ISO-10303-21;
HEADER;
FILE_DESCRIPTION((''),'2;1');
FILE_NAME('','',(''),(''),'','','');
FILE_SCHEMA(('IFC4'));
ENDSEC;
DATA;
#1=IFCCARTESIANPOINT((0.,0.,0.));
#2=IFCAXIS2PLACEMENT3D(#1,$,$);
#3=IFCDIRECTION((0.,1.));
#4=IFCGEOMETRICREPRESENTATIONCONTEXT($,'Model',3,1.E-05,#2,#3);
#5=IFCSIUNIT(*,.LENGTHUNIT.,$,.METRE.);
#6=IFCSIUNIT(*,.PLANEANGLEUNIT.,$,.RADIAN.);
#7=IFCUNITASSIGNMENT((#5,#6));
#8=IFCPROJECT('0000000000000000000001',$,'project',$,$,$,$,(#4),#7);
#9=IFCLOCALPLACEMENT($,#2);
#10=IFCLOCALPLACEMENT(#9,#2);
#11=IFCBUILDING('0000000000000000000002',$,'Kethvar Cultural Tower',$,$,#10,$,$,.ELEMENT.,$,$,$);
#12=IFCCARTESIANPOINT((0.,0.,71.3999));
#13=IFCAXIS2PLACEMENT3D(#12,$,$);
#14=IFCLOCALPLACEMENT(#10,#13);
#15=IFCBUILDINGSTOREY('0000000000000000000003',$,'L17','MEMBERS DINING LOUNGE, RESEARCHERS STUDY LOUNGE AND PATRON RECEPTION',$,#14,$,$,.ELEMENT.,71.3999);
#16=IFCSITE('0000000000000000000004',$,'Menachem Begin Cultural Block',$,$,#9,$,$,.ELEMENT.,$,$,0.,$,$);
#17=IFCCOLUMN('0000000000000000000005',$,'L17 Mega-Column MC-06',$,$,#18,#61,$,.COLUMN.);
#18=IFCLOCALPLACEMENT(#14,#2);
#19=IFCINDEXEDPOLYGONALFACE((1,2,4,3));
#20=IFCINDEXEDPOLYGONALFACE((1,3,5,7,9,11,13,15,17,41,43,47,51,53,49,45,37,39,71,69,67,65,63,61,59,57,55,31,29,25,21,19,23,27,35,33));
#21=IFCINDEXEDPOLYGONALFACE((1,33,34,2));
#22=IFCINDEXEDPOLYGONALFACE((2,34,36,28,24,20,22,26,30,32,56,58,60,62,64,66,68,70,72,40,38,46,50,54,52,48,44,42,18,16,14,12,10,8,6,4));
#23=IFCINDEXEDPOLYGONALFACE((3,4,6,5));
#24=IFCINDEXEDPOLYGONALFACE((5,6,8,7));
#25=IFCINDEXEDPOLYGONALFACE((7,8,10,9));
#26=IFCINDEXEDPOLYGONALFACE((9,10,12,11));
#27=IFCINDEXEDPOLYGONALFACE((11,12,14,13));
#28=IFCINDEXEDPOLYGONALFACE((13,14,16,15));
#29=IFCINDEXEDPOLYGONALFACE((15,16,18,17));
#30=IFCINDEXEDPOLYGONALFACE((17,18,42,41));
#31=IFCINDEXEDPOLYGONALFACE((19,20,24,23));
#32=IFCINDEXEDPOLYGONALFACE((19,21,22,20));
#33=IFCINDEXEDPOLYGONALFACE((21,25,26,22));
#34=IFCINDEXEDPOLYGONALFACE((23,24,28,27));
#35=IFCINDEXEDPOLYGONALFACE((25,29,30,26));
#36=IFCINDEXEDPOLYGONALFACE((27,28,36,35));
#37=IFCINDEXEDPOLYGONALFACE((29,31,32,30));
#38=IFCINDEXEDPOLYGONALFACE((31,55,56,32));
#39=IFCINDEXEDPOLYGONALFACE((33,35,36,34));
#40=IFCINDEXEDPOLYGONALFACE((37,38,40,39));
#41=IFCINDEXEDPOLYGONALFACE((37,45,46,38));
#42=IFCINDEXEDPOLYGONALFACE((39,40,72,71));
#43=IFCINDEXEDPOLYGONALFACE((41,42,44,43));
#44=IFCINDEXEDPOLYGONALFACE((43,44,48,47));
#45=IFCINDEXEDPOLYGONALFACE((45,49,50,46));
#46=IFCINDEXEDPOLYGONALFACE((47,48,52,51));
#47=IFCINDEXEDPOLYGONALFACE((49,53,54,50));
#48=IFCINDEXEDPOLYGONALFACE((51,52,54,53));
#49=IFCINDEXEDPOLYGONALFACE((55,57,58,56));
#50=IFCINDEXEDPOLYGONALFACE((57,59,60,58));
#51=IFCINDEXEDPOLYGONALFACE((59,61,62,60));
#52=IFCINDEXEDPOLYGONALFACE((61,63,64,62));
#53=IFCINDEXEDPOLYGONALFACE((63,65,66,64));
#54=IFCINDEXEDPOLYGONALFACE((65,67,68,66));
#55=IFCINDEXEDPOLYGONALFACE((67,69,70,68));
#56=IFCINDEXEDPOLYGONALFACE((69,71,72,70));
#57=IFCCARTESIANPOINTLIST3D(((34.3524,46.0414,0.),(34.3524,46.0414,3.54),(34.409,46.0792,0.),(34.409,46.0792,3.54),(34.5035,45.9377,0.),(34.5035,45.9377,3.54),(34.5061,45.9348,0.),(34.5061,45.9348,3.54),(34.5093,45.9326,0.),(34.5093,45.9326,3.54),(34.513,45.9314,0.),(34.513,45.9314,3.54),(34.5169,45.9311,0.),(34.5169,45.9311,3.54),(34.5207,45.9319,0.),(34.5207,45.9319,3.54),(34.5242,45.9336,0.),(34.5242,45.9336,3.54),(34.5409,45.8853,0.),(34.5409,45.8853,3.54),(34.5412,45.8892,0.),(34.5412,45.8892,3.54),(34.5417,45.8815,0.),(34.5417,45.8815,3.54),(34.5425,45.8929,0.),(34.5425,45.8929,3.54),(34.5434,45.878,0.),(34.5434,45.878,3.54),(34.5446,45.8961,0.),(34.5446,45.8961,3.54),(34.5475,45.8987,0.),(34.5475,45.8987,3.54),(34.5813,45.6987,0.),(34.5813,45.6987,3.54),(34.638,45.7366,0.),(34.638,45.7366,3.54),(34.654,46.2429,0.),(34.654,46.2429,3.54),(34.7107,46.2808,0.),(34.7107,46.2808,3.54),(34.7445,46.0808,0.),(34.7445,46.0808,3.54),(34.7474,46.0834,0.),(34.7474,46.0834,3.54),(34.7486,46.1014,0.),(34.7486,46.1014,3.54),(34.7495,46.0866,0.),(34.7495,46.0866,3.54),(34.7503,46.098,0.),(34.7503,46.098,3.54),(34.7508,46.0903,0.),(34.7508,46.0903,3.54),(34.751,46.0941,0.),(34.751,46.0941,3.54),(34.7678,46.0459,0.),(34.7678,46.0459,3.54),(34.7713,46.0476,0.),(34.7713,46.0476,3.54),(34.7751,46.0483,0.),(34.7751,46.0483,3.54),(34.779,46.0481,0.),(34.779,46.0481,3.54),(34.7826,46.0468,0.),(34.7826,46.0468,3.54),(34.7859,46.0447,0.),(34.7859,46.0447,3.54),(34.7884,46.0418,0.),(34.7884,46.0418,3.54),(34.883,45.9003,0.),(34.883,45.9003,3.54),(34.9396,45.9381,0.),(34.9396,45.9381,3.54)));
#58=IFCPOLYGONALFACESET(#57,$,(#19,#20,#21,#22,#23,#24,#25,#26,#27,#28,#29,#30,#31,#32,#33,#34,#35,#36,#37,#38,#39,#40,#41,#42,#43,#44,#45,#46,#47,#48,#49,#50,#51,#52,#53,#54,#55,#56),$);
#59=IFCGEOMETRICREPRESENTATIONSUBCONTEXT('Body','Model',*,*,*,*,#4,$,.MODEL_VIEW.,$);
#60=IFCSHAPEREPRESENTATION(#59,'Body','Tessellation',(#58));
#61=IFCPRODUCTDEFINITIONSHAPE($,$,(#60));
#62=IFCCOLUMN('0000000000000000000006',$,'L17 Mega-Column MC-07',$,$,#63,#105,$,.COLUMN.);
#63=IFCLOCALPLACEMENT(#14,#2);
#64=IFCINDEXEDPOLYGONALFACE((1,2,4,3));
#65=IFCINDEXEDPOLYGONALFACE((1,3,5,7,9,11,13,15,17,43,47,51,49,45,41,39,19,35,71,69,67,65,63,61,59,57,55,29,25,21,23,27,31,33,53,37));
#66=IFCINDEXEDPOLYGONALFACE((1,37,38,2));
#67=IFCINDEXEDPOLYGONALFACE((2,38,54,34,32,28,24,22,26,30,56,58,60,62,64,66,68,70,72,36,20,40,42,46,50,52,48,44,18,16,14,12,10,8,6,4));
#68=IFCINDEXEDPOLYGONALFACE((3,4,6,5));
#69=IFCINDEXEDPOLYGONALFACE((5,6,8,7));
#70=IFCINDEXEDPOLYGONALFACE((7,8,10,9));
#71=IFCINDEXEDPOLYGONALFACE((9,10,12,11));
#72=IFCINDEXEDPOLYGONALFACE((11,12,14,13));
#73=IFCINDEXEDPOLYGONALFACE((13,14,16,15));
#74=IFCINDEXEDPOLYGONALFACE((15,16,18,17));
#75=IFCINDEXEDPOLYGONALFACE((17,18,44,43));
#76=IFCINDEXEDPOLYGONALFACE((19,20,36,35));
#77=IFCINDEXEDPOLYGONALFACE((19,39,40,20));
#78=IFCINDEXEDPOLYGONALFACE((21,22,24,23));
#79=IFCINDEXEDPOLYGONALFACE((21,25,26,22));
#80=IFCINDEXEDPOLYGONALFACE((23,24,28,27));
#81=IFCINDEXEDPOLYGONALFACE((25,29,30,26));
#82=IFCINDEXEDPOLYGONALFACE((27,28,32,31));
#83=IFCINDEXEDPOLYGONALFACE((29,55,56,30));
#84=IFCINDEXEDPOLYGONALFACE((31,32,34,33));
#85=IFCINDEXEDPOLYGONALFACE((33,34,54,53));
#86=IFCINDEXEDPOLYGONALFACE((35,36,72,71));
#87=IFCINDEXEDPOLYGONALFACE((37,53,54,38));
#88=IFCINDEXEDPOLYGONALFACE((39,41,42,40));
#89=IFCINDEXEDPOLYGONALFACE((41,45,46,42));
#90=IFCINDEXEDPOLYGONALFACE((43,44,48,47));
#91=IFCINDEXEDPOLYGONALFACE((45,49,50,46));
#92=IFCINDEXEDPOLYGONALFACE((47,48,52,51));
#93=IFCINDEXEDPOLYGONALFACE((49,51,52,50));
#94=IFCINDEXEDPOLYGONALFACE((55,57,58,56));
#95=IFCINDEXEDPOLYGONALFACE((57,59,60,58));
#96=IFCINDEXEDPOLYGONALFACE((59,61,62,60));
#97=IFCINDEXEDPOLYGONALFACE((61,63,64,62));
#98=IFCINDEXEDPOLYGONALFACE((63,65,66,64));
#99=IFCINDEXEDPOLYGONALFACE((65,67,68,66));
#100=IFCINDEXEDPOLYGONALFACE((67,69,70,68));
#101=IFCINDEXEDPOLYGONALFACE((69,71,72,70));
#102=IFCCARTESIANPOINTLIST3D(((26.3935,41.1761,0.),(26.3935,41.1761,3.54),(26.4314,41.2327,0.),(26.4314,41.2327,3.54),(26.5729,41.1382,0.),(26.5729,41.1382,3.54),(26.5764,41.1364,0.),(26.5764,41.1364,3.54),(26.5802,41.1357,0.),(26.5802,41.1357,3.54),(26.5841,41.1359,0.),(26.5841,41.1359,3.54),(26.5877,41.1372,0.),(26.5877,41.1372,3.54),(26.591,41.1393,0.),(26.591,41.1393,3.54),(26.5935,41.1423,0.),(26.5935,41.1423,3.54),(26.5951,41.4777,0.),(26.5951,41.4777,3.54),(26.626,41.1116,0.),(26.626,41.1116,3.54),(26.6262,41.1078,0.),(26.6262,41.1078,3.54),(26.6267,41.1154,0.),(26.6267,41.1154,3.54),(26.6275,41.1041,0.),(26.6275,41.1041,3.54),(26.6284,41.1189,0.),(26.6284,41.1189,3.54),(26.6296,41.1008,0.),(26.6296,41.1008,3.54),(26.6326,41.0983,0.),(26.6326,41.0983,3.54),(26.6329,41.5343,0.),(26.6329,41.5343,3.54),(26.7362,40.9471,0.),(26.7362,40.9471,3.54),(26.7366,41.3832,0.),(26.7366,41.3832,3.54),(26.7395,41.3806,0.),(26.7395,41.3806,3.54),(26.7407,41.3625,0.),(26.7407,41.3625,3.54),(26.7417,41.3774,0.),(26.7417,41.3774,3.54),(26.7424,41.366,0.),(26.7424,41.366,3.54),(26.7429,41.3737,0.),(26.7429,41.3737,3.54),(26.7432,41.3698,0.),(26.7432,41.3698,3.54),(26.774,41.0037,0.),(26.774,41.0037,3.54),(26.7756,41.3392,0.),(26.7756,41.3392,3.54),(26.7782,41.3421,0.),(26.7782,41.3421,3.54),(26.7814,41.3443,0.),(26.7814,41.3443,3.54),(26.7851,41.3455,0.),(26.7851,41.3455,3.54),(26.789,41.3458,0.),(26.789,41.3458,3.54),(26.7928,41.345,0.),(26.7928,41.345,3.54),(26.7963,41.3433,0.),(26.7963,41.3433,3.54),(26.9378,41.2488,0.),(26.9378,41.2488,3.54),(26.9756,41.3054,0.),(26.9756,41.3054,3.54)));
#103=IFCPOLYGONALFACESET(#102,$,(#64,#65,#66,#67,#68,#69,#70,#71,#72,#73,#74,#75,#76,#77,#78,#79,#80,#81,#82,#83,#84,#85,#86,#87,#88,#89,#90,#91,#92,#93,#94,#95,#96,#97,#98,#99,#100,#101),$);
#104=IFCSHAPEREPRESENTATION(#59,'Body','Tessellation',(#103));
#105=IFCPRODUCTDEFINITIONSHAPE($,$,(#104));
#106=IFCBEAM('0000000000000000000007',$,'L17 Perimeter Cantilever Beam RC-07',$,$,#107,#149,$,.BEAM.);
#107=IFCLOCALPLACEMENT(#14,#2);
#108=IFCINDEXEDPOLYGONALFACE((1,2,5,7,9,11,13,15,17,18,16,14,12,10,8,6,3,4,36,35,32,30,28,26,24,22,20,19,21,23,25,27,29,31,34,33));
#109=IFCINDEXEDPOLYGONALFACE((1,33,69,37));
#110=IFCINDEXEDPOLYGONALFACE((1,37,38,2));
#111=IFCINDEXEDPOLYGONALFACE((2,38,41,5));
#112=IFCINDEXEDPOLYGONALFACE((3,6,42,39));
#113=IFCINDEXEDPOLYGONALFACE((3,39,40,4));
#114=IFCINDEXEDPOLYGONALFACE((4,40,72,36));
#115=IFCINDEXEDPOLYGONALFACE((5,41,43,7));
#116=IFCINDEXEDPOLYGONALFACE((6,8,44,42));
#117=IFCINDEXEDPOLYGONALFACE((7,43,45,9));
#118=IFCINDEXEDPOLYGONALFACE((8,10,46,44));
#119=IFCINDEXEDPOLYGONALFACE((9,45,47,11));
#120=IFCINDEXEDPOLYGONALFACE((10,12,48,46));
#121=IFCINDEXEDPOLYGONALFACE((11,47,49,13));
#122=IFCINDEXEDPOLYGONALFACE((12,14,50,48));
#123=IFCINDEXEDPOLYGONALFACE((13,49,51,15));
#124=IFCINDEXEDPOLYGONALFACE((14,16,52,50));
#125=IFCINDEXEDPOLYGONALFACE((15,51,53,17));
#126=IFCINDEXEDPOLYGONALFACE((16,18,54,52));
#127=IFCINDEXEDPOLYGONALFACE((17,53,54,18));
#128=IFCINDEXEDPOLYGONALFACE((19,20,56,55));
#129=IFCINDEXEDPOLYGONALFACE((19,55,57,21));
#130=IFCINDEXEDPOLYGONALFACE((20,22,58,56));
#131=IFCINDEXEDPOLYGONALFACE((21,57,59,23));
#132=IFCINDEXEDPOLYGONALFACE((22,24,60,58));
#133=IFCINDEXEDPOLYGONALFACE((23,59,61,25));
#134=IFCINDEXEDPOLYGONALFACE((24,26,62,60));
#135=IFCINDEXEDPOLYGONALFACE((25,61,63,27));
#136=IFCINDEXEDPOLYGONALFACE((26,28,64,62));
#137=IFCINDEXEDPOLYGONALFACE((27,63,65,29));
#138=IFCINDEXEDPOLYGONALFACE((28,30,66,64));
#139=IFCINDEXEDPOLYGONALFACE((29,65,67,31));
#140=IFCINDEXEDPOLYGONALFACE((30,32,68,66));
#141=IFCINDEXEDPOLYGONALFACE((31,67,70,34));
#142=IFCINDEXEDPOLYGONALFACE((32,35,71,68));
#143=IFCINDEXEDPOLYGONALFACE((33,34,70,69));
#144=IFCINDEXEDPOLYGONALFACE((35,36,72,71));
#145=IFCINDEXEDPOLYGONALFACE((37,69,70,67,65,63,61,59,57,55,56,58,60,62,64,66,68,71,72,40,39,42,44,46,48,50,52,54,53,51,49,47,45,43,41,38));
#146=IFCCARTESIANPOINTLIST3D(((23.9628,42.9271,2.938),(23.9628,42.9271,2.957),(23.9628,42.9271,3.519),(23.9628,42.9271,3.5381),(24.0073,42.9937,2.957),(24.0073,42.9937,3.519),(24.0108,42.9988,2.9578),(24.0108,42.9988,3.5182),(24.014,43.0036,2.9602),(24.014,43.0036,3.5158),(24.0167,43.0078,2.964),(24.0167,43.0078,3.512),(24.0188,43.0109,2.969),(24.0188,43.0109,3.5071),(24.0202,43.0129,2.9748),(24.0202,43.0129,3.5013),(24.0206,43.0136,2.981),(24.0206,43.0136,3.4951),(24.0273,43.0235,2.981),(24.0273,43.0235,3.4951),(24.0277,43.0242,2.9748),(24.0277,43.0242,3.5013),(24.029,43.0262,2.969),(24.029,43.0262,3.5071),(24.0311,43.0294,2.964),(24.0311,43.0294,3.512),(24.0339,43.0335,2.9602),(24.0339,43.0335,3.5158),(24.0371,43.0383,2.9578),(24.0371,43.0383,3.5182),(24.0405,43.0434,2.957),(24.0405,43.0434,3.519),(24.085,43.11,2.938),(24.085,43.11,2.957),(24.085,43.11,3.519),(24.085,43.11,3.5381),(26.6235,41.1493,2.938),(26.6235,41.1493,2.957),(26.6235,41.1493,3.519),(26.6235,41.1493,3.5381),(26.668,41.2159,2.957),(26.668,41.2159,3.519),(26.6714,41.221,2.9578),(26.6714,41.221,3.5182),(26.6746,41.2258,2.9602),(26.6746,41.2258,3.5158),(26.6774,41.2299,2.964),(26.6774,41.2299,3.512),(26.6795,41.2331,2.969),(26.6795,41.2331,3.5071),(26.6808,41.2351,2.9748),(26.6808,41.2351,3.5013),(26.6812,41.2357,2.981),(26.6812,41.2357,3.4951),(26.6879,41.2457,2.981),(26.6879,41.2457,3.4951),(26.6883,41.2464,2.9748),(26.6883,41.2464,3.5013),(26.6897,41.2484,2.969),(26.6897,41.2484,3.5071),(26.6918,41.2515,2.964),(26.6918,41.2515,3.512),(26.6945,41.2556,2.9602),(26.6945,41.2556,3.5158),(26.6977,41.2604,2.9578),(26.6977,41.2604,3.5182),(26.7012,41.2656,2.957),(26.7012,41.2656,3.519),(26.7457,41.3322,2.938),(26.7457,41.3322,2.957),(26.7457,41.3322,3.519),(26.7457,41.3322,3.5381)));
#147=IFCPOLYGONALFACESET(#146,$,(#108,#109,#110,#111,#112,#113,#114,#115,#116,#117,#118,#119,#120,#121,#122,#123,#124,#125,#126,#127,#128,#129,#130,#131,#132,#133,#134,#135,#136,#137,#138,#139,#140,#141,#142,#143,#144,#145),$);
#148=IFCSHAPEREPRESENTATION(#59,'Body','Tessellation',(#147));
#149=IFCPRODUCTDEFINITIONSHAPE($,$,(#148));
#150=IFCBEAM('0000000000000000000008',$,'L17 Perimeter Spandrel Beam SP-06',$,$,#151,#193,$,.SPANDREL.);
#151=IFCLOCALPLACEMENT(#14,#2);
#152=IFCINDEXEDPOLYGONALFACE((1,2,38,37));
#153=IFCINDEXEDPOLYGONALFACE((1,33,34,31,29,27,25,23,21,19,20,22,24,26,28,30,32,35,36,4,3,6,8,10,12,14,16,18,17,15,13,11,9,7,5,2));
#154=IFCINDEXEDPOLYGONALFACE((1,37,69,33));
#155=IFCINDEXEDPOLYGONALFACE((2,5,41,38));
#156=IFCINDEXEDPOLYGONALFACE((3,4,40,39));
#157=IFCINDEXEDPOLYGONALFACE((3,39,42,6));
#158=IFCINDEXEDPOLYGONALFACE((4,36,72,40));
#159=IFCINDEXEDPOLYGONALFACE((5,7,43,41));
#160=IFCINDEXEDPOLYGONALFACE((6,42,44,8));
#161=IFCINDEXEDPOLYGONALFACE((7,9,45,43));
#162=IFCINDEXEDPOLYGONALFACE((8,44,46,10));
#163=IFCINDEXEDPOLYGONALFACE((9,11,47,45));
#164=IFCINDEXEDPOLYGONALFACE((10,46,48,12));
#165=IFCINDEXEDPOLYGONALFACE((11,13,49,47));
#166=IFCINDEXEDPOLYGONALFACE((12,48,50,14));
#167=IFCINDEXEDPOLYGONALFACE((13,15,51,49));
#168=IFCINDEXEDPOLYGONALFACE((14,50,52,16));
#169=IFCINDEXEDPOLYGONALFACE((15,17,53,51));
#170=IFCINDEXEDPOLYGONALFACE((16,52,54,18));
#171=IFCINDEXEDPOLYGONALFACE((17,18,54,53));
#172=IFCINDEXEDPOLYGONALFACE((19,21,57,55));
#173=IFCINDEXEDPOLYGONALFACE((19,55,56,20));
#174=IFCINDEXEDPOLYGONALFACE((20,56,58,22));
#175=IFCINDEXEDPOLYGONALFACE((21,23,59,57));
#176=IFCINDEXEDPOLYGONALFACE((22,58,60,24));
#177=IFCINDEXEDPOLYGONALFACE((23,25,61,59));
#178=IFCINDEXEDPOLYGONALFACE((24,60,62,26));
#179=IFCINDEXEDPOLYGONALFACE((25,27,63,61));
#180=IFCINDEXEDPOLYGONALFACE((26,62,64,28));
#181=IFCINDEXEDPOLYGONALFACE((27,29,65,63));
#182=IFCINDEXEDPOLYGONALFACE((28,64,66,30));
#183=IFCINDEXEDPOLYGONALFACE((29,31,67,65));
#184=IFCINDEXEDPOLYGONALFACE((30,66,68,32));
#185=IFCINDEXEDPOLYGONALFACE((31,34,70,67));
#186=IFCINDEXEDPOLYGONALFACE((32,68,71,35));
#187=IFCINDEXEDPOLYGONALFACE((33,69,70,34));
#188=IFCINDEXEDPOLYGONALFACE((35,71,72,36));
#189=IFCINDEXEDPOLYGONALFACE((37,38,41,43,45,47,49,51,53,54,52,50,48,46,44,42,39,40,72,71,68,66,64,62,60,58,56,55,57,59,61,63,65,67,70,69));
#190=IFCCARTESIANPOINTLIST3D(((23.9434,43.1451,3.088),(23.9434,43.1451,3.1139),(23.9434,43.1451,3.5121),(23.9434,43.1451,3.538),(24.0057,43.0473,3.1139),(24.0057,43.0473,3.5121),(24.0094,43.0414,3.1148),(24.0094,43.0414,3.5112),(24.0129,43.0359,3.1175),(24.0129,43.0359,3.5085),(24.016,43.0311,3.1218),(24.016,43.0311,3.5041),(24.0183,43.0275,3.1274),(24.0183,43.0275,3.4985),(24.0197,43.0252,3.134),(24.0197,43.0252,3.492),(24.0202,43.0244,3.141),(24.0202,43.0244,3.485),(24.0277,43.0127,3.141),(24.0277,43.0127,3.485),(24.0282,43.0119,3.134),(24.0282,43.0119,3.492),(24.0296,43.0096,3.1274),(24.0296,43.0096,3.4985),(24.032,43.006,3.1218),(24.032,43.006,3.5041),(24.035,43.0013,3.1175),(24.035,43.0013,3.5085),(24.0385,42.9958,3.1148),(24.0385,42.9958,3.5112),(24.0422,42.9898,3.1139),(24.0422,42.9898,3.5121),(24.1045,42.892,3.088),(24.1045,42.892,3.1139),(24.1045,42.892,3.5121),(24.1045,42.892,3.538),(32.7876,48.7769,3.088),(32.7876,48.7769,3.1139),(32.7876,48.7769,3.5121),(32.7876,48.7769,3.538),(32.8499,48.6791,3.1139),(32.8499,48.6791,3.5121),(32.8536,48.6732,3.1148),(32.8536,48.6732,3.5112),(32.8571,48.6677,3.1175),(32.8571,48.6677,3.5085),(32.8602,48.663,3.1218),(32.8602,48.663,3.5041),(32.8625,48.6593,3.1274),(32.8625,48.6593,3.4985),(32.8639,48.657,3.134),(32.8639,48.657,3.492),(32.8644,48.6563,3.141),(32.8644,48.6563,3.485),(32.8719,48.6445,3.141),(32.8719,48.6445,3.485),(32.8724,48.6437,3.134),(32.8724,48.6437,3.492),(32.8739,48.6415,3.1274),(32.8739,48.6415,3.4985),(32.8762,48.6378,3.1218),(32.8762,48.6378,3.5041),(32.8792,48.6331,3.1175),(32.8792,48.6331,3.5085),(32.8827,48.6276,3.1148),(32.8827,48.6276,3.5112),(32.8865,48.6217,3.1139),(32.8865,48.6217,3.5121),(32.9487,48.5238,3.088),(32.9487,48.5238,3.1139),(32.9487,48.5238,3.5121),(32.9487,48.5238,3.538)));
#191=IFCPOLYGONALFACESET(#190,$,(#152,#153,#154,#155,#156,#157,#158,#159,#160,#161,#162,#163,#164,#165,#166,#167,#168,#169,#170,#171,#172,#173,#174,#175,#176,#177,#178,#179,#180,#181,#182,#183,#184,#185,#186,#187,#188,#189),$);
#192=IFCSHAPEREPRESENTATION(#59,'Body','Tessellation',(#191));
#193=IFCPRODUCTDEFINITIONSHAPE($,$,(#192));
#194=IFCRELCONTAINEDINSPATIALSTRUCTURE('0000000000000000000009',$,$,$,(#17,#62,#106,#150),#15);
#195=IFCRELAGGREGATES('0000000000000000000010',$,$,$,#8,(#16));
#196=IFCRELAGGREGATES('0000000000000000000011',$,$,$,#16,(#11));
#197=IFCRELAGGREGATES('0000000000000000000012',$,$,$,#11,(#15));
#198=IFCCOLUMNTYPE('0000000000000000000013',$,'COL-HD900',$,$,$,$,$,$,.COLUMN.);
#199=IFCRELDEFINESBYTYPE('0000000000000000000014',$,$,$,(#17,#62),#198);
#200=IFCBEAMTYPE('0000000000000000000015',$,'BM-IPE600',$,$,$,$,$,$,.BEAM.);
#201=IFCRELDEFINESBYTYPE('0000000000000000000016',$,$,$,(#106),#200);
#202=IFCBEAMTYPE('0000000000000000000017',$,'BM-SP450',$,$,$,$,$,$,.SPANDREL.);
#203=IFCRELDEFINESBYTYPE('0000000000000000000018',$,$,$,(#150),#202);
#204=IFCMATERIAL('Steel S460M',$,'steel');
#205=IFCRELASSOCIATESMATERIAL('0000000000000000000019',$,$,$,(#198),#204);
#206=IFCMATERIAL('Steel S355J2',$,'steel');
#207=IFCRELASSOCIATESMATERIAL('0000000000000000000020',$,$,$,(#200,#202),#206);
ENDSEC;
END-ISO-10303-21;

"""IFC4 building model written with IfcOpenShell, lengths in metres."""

from ifc_helpers import new_model, si_unit, direction, frame, origin, origin_2d, place, context, subcontext, project, spatial, i_section, extrude, source, transform, mapped, material, material_profile, profile_set, type_object, element, save


model = new_model("IFC4")

# Units and contexts
model_context = context("Model", 3, precision=1e-05, world=origin(), true_north=direction((0.0, 1.0)))
body_context = subcontext(model_context, "Body", "Model", "MODEL_VIEW")
ifc_project = project(units=[si_unit("LENGTHUNIT", "METRE"), si_unit("PLANEANGLEUNIT", "RADIAN")], contexts=[model_context])

# Site, building, storey
site_placement = place(None, origin())
site = spatial("IfcSite", under=ifc_project, at=site_placement, Name="Menachem Begin Cultural Block", CompositionType="ELEMENT", RefElevation=0.0)
building_placement = place(site_placement, origin())
building = spatial("IfcBuilding", under=site, at=building_placement, Name="Kethvar Cultural Tower", CompositionType="ELEMENT")
storey_placement = place(building_placement, frame((0.0, 0.0, 71.3999)))
storey = spatial("IfcBuildingStorey", under=building, at=storey_placement, Name="L17", Description="MEMBERS DINING LOUNGE, RESEARCHERS STUDY LOUNGE AND PATRON RECEPTION", CompositionType="ELEMENT", Elevation=71.3999)

# Columns
ifc_material_1 = material(Name="Steel S460M", Category="steel")
ifc_material_profile_1 = material_profile(ifc_material_1, i_section(OverallWidth=0.4121, OverallDepth=0.4309, WebThickness=0.042, FlangeThickness=0.0681, FilletRadius=0.0149, at=origin_2d()), Name="Steel S460M — HD400x900")
ifc_profile_set_1 = profile_set([ifc_material_profile_1], Name="Steel S460M — HD400x900")
column_type = type_object("IfcColumnType", Name="COL-HD900", PredefinedType="COLUMN", material=ifc_profile_set_1)
shared_shape_1 = source(origin(), body_context, "Body", "SweptSolid", [
    extrude(i_section(OverallWidth=0.4121, OverallDepth=0.4309, WebThickness=0.042, FlangeThickness=0.0681, FilletRadius=0.0149, at=origin_2d()), origin(), (0.0, 0.0, 1.0), 3.54),
])
for number, where, z_axis, x_axis, name in (
    (1, (34.646, 45.9897, 0.0), (0.0, 0.0, 1.0), (-0.55557, 0.83147, 0.0), "L17 Mega-Column MC-06"),
    (2, (26.6846, 41.2407, 0.0), (0.0, 0.0, 1.0), (-0.83147, 0.55557, 0.0), "L17 Mega-Column MC-07"),
):
    element("IfcColumn", number, at=place(storey_placement, frame(where, z_axis=z_axis, x_axis=x_axis)), inside=storey, type_object=column_type, Name=name, PredefinedType="COLUMN", context=body_context, shape_type="MappedRepresentation", body=[
        mapped(shared_shape_1, transform((0.0, 0.0, 0.0), scale=1.0)),
    ])

# Beams
ifc_material_2 = material(Name="Steel S355J2", Category="steel")
ifc_material_profile_2 = material_profile(ifc_material_2, i_section(OverallWidth=0.22, OverallDepth=0.6001, WebThickness=0.012, FlangeThickness=0.019, FilletRadius=0.0239, at=origin_2d()), Name="Steel S355J2 — IPE600")
ifc_profile_set_2 = profile_set([ifc_material_profile_2], Name="Steel S355J2 — IPE600")
beam_type_1 = type_object("IfcBeamType", Name="BM-IPE600", PredefinedType="BEAM", material=ifc_profile_set_2)
shared_shape_2 = source(origin(), body_context, "Body", "SweptSolid", [
    extrude(i_section(OverallWidth=0.22, OverallDepth=0.6001, WebThickness=0.012, FlangeThickness=0.019, FilletRadius=0.0239, at=origin_2d()), origin(), (0.0, 0.0, 1.0), 3.2),
])
beam_1_placement = place(storey_placement, frame((26.6846, 41.2407, 3.238), z_axis=(-0.831463, 0.55558, 0.0), x_axis=(-0.55558, -0.831463, 0.0)))
element("IfcBeam", 3, at=beam_1_placement, inside=storey, type_object=beam_type_1, Name="L17 Perimeter Cantilever Beam RC-07", PredefinedType="BEAM", context=body_context, shape_type="MappedRepresentation", body=[
    mapped(shared_shape_2, transform((0.0, 0.0, 0.0), scale=1.0)),
])
ifc_material_profile_3 = material_profile(ifc_material_2, i_section(OverallWidth=0.3, OverallDepth=0.45, WebThickness=0.0139, FlangeThickness=0.0259, FilletRadius=0.0271, at=origin_2d()), Name="Steel S355J2 — HEB450")
ifc_profile_set_3 = profile_set([ifc_material_profile_3], Name="Steel S355J2 — HEB450")
beam_type_2 = type_object("IfcBeamType", Name="BM-SP450", PredefinedType="SPANDREL", material=ifc_profile_set_3)
shared_shape_3 = source(origin(), body_context, "Body", "SweptSolid", [
    extrude(i_section(OverallWidth=0.3, OverallDepth=0.45, WebThickness=0.0139, FlangeThickness=0.0259, FilletRadius=0.0271, at=origin_2d()), origin(), (0.0, 0.0, 1.0), 10.4851),
])
beam_2_placement = place(storey_placement, frame((32.8682, 48.6504, 3.313), z_axis=(-0.843502, -0.537126, 0.0), x_axis=(0.537126, -0.843502, 0.0)))
element("IfcBeam", 4, at=beam_2_placement, inside=storey, type_object=beam_type_2, Name="L17 Perimeter Spandrel Beam SP-06", PredefinedType="SPANDREL", context=body_context, shape_type="MappedRepresentation", body=[
    mapped(shared_shape_3, transform((0.0, 0.0, 0.0), scale=1.0)),
])

save(model, "model.ifc")
